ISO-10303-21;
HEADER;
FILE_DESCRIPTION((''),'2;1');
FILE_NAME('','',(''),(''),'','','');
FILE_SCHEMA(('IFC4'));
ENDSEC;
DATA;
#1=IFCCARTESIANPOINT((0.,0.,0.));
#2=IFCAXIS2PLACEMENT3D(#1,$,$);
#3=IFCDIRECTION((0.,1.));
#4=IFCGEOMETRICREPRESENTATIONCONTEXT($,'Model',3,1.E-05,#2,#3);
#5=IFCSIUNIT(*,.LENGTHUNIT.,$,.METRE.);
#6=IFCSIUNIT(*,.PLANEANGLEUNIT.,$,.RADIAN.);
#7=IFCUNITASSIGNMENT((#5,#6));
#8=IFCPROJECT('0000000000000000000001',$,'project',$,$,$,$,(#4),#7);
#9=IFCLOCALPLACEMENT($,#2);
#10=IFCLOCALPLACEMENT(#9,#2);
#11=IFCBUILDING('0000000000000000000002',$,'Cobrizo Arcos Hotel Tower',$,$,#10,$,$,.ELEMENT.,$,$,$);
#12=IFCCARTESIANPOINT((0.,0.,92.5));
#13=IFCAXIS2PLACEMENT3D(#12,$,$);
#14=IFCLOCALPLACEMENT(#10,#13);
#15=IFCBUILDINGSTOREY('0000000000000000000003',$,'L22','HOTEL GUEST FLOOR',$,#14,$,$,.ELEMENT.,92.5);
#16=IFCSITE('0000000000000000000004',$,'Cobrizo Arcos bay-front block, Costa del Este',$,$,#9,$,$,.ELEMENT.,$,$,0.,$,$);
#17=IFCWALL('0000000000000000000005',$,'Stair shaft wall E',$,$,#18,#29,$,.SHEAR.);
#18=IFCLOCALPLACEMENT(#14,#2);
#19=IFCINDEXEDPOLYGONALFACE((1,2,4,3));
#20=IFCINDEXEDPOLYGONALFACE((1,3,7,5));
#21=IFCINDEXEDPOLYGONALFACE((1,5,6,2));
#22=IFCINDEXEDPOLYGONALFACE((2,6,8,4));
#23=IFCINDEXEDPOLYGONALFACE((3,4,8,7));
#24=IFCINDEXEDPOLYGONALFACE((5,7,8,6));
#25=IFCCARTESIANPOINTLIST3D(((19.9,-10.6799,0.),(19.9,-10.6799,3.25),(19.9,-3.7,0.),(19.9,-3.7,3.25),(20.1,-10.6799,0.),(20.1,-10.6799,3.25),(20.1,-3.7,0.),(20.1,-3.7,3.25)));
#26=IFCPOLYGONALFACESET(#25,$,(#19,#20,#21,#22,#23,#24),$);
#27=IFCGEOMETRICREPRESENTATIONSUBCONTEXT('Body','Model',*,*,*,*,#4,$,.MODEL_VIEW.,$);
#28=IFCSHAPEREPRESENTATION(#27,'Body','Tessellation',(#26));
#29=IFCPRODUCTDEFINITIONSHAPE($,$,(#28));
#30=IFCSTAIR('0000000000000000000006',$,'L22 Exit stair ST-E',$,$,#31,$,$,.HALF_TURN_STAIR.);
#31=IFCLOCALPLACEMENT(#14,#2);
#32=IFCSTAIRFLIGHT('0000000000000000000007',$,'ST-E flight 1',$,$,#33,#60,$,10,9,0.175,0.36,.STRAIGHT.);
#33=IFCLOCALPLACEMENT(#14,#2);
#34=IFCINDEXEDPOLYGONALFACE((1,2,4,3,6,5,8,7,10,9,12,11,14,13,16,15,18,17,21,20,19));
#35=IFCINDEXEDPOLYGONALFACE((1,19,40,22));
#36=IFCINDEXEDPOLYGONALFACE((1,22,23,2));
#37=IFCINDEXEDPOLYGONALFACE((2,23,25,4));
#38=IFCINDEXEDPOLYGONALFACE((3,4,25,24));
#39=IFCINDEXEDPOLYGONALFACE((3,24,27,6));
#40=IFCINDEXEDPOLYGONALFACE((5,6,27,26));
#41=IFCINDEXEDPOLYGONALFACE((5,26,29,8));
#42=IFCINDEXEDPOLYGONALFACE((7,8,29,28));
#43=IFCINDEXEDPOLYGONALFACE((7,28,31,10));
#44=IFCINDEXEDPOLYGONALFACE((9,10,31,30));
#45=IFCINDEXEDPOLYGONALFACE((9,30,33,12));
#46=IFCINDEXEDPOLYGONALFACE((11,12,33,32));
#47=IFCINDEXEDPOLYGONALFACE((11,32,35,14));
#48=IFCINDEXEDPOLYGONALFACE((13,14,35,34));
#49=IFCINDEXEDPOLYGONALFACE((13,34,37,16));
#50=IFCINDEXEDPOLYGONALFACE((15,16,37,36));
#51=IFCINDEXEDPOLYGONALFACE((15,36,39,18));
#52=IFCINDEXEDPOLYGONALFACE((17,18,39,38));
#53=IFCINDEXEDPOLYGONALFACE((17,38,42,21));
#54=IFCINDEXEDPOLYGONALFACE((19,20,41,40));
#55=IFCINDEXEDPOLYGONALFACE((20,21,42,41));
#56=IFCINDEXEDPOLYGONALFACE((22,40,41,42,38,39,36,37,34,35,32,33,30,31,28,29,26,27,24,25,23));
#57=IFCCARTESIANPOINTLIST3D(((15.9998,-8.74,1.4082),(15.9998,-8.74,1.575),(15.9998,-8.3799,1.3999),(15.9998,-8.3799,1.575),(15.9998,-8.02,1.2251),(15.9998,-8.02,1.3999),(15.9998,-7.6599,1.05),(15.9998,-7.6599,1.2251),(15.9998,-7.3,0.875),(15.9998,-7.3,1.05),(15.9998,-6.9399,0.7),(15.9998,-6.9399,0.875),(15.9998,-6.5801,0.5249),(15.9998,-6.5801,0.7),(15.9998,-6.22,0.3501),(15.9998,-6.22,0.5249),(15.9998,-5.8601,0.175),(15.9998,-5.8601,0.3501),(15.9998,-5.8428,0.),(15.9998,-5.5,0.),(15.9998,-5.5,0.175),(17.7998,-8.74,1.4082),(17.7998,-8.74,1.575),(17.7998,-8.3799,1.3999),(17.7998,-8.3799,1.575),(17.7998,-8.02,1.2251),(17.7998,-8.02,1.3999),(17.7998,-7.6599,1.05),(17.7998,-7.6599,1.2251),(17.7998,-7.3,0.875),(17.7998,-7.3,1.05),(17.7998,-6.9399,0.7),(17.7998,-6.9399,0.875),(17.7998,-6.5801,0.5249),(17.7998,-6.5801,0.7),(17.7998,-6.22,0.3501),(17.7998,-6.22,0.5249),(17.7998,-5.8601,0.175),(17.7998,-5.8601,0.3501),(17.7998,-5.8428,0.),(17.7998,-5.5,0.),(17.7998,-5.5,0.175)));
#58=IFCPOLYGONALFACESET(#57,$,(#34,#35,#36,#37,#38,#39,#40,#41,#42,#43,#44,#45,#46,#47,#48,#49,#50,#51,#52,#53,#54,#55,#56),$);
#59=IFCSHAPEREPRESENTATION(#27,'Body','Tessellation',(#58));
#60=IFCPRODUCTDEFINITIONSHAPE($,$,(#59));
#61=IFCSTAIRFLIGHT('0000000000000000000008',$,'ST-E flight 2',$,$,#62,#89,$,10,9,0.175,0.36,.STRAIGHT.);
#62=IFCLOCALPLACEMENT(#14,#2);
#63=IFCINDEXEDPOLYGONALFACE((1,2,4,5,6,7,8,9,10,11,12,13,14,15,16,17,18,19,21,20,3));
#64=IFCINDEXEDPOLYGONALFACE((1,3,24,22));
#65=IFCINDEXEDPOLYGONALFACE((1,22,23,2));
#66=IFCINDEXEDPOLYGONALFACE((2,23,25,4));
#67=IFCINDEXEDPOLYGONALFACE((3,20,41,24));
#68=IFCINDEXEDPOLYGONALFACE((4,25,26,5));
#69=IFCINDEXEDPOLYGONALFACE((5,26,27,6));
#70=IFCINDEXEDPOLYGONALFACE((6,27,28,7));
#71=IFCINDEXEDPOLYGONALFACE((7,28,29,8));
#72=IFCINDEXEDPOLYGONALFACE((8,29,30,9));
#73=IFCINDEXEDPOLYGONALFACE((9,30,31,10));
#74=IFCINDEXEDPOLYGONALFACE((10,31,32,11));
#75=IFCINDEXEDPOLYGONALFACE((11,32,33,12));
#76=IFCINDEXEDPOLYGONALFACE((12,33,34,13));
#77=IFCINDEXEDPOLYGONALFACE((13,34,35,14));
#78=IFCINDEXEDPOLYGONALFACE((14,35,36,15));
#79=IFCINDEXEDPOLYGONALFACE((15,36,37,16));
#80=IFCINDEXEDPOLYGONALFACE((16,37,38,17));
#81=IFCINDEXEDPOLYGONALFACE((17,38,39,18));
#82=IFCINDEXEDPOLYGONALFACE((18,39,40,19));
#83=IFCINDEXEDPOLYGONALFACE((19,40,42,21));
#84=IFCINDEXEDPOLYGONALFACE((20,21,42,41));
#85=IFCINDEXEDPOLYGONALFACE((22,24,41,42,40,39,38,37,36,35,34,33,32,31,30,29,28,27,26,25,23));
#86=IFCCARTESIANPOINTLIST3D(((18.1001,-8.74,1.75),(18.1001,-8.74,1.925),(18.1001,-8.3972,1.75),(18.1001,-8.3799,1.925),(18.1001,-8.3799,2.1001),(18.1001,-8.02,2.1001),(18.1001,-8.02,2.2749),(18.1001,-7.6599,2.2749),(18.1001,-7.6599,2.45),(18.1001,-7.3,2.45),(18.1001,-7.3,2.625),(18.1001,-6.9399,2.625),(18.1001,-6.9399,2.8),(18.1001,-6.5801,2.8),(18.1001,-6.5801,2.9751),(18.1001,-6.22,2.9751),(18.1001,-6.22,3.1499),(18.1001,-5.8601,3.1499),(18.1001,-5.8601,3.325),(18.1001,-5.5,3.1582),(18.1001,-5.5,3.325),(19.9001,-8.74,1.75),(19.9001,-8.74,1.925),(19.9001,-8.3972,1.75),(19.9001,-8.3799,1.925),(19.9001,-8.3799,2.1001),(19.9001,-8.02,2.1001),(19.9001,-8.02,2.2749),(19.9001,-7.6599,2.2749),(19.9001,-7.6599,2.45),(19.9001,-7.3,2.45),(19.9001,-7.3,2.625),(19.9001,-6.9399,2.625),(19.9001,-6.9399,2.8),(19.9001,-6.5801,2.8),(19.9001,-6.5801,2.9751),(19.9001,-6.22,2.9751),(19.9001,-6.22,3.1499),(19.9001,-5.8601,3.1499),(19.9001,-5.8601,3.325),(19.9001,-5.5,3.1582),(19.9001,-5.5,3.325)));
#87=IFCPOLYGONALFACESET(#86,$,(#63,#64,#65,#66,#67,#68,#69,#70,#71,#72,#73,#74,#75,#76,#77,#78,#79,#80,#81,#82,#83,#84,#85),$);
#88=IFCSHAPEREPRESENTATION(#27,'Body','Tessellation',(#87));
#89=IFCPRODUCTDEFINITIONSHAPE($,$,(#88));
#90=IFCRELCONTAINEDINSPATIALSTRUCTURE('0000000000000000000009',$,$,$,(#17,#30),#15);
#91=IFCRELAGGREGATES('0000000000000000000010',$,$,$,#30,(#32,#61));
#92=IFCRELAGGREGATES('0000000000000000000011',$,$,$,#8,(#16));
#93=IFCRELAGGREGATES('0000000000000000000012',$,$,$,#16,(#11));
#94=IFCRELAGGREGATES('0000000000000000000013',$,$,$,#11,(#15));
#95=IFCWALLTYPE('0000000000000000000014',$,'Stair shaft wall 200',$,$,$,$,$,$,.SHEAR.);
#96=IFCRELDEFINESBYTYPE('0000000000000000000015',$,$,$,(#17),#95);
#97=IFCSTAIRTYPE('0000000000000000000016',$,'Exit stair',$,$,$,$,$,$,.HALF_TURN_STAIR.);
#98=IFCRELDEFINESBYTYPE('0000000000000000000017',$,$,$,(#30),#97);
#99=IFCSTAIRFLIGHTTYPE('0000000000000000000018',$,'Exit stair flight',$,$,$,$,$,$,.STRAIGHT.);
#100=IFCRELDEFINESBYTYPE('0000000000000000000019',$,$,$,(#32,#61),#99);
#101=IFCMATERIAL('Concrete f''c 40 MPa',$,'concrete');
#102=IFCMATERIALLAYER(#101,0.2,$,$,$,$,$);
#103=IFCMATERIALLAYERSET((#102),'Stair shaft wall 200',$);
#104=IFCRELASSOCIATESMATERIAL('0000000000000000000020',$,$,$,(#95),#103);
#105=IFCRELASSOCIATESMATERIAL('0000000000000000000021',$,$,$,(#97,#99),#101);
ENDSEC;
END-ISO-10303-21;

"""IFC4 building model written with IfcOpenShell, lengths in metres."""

from ifc_helpers import new_model, si_unit, direction, frame, frame_2d, origin, place, context, subcontext, project, spatial, polyline, rectangle, outline, extrude, material, layer, layer_set, type_object, element, aggregate, save


model = new_model("IFC4")

# Units and contexts
model_context = context("Model", 3, precision=1e-05, world=origin(), true_north=direction((0.0, 1.0)))
body_context = subcontext(model_context, "Body", "Model", "MODEL_VIEW")
ifc_project = project(units=[si_unit("LENGTHUNIT", "METRE"), si_unit("PLANEANGLEUNIT", "RADIAN")], contexts=[model_context])

# Site, building, storey
site_placement = place(None, origin())
site = spatial("IfcSite", under=ifc_project, at=site_placement, Name="Cobrizo Arcos bay-front block, Costa del Este", CompositionType="ELEMENT", RefElevation=0.0)
building_placement = place(site_placement, origin())
building = spatial("IfcBuilding", under=site, at=building_placement, Name="Cobrizo Arcos Hotel Tower", CompositionType="ELEMENT")
storey_placement = place(building_placement, frame((0.0, 0.0, 92.5)))
storey = spatial("IfcBuildingStorey", under=building, at=storey_placement, Name="L22", Description="HOTEL GUEST FLOOR", CompositionType="ELEMENT", Elevation=92.5)

# Wall
ifc_material_1 = material(Name="Concrete f'c 40 MPa", Category="concrete")
ifc_layer_1 = layer(ifc_material_1, 0.2)
ifc_layer_set_1 = layer_set([ifc_layer_1], Name="Stair shaft wall 200")
wall_type_1 = type_object("IfcWallType", Name="Stair shaft wall 200", PredefinedType="SHEAR", material=ifc_layer_set_1)
wall_1_placement = place(storey_placement, frame((20.0, -10.6799, 0.0), z_axis=(0.0, 0.0, 1.0), x_axis=(0.0, 1.0, 0.0)))
element("IfcWall", 1, at=wall_1_placement, inside=storey, type_object=wall_type_1, Name="Stair shaft wall E", PredefinedType="SHEAR", context=body_context, shape_type="SweptSolid", body=[
    extrude(rectangle(XDim=6.98, YDim=0.2, at=frame_2d((3.49, 0.0))), origin(), (0.0, 0.0, 1.0), 3.25),
])

# Stair, stair flights
stair_type = type_object("IfcStairType", Name="Exit stair", PredefinedType="HALF_TURN_STAIR", material=ifc_material_1)
stair_placement = place(storey_placement, origin())
stair = element("IfcStair", 2, at=stair_placement, inside=storey, type_object=stair_type, Name="L22 Exit stair ST-E", PredefinedType="HALF_TURN_STAIR")
stair_flight_type = type_object("IfcStairFlightType", Name="Exit stair flight", PredefinedType="STRAIGHT", material=ifc_material_1)
stair_flight_1_placement = place(storey_placement, frame((16.8999, -5.5, 0.0), z_axis=(0.0, 0.0, 1.0), x_axis=(0.0, -1.0, 0.0)))
stair_flight_1 = element("IfcStairFlight", 3, at=stair_flight_1_placement, type_object=stair_flight_type, Name="ST-E flight 1", NumberOfRisers=10, NumberOfTreads=9, PredefinedType="STRAIGHT", RiserHeight=0.175, TreadLength=0.36, context=body_context, shape_type="SweptSolid", body=[
    extrude(outline(polyline([(0.0, 0.0), (0.0, 0.175), (0.3601, 0.175), (0.3601, 0.3501), (0.72, 0.3501), (0.72, 0.5249), (1.0801, 0.5249), (1.0801, 0.7), (1.4399, 0.7), (1.4399, 0.875), (1.8, 0.875), (1.8, 1.05), (2.1599, 1.05), (2.1599, 1.2251), (2.52, 1.2251), (2.52, 1.3999), (2.8799, 1.3999), (2.8799, 1.575), (3.24, 1.575), (3.24, 1.75), (3.24, 1.4082), (0.3428, 0.0), (0.0, 0.0)])), frame((0.0, 0.8999, 0.0), z_axis=(0.0, -1.0, 0.0), x_axis=(1.0, 0.0, 0.0)), (0.0, 0.0, 1.0), 1.8),
])
stair_flight_2_placement = place(storey_placement, frame((19.0, -8.74, 1.75), z_axis=(0.0, 0.0, 1.0), x_axis=(0.0, 1.0, 0.0)))
stair_flight_2 = element("IfcStairFlight", 4, at=stair_flight_2_placement, type_object=stair_flight_type, Name="ST-E flight 2", NumberOfRisers=10, NumberOfTreads=9, PredefinedType="STRAIGHT", RiserHeight=0.175, TreadLength=0.36, context=body_context, shape_type="SweptSolid", body=[
    extrude(outline(polyline([(0.0, 0.0), (0.0, 0.175), (0.3601, 0.175), (0.3601, 0.3501), (0.72, 0.3501), (0.72, 0.5249), (1.0801, 0.5249), (1.0801, 0.7), (1.4399, 0.7), (1.4399, 0.875), (1.8, 0.875), (1.8, 1.05), (2.1599, 1.05), (2.1599, 1.2251), (2.52, 1.2251), (2.52, 1.3999), (2.8799, 1.3999), (2.8799, 1.575), (3.24, 1.575), (3.24, 1.75), (3.24, 1.4082), (0.3428, 0.0), (0.0, 0.0)])), frame((0.0, 0.8999, 0.0), z_axis=(0.0, -1.0, 0.0), x_axis=(1.0, 0.0, 0.0)), (0.0, 0.0, 1.0), 1.8),
])
aggregate(stair, [stair_flight_1, stair_flight_2])

save(model, "model.ifc")
